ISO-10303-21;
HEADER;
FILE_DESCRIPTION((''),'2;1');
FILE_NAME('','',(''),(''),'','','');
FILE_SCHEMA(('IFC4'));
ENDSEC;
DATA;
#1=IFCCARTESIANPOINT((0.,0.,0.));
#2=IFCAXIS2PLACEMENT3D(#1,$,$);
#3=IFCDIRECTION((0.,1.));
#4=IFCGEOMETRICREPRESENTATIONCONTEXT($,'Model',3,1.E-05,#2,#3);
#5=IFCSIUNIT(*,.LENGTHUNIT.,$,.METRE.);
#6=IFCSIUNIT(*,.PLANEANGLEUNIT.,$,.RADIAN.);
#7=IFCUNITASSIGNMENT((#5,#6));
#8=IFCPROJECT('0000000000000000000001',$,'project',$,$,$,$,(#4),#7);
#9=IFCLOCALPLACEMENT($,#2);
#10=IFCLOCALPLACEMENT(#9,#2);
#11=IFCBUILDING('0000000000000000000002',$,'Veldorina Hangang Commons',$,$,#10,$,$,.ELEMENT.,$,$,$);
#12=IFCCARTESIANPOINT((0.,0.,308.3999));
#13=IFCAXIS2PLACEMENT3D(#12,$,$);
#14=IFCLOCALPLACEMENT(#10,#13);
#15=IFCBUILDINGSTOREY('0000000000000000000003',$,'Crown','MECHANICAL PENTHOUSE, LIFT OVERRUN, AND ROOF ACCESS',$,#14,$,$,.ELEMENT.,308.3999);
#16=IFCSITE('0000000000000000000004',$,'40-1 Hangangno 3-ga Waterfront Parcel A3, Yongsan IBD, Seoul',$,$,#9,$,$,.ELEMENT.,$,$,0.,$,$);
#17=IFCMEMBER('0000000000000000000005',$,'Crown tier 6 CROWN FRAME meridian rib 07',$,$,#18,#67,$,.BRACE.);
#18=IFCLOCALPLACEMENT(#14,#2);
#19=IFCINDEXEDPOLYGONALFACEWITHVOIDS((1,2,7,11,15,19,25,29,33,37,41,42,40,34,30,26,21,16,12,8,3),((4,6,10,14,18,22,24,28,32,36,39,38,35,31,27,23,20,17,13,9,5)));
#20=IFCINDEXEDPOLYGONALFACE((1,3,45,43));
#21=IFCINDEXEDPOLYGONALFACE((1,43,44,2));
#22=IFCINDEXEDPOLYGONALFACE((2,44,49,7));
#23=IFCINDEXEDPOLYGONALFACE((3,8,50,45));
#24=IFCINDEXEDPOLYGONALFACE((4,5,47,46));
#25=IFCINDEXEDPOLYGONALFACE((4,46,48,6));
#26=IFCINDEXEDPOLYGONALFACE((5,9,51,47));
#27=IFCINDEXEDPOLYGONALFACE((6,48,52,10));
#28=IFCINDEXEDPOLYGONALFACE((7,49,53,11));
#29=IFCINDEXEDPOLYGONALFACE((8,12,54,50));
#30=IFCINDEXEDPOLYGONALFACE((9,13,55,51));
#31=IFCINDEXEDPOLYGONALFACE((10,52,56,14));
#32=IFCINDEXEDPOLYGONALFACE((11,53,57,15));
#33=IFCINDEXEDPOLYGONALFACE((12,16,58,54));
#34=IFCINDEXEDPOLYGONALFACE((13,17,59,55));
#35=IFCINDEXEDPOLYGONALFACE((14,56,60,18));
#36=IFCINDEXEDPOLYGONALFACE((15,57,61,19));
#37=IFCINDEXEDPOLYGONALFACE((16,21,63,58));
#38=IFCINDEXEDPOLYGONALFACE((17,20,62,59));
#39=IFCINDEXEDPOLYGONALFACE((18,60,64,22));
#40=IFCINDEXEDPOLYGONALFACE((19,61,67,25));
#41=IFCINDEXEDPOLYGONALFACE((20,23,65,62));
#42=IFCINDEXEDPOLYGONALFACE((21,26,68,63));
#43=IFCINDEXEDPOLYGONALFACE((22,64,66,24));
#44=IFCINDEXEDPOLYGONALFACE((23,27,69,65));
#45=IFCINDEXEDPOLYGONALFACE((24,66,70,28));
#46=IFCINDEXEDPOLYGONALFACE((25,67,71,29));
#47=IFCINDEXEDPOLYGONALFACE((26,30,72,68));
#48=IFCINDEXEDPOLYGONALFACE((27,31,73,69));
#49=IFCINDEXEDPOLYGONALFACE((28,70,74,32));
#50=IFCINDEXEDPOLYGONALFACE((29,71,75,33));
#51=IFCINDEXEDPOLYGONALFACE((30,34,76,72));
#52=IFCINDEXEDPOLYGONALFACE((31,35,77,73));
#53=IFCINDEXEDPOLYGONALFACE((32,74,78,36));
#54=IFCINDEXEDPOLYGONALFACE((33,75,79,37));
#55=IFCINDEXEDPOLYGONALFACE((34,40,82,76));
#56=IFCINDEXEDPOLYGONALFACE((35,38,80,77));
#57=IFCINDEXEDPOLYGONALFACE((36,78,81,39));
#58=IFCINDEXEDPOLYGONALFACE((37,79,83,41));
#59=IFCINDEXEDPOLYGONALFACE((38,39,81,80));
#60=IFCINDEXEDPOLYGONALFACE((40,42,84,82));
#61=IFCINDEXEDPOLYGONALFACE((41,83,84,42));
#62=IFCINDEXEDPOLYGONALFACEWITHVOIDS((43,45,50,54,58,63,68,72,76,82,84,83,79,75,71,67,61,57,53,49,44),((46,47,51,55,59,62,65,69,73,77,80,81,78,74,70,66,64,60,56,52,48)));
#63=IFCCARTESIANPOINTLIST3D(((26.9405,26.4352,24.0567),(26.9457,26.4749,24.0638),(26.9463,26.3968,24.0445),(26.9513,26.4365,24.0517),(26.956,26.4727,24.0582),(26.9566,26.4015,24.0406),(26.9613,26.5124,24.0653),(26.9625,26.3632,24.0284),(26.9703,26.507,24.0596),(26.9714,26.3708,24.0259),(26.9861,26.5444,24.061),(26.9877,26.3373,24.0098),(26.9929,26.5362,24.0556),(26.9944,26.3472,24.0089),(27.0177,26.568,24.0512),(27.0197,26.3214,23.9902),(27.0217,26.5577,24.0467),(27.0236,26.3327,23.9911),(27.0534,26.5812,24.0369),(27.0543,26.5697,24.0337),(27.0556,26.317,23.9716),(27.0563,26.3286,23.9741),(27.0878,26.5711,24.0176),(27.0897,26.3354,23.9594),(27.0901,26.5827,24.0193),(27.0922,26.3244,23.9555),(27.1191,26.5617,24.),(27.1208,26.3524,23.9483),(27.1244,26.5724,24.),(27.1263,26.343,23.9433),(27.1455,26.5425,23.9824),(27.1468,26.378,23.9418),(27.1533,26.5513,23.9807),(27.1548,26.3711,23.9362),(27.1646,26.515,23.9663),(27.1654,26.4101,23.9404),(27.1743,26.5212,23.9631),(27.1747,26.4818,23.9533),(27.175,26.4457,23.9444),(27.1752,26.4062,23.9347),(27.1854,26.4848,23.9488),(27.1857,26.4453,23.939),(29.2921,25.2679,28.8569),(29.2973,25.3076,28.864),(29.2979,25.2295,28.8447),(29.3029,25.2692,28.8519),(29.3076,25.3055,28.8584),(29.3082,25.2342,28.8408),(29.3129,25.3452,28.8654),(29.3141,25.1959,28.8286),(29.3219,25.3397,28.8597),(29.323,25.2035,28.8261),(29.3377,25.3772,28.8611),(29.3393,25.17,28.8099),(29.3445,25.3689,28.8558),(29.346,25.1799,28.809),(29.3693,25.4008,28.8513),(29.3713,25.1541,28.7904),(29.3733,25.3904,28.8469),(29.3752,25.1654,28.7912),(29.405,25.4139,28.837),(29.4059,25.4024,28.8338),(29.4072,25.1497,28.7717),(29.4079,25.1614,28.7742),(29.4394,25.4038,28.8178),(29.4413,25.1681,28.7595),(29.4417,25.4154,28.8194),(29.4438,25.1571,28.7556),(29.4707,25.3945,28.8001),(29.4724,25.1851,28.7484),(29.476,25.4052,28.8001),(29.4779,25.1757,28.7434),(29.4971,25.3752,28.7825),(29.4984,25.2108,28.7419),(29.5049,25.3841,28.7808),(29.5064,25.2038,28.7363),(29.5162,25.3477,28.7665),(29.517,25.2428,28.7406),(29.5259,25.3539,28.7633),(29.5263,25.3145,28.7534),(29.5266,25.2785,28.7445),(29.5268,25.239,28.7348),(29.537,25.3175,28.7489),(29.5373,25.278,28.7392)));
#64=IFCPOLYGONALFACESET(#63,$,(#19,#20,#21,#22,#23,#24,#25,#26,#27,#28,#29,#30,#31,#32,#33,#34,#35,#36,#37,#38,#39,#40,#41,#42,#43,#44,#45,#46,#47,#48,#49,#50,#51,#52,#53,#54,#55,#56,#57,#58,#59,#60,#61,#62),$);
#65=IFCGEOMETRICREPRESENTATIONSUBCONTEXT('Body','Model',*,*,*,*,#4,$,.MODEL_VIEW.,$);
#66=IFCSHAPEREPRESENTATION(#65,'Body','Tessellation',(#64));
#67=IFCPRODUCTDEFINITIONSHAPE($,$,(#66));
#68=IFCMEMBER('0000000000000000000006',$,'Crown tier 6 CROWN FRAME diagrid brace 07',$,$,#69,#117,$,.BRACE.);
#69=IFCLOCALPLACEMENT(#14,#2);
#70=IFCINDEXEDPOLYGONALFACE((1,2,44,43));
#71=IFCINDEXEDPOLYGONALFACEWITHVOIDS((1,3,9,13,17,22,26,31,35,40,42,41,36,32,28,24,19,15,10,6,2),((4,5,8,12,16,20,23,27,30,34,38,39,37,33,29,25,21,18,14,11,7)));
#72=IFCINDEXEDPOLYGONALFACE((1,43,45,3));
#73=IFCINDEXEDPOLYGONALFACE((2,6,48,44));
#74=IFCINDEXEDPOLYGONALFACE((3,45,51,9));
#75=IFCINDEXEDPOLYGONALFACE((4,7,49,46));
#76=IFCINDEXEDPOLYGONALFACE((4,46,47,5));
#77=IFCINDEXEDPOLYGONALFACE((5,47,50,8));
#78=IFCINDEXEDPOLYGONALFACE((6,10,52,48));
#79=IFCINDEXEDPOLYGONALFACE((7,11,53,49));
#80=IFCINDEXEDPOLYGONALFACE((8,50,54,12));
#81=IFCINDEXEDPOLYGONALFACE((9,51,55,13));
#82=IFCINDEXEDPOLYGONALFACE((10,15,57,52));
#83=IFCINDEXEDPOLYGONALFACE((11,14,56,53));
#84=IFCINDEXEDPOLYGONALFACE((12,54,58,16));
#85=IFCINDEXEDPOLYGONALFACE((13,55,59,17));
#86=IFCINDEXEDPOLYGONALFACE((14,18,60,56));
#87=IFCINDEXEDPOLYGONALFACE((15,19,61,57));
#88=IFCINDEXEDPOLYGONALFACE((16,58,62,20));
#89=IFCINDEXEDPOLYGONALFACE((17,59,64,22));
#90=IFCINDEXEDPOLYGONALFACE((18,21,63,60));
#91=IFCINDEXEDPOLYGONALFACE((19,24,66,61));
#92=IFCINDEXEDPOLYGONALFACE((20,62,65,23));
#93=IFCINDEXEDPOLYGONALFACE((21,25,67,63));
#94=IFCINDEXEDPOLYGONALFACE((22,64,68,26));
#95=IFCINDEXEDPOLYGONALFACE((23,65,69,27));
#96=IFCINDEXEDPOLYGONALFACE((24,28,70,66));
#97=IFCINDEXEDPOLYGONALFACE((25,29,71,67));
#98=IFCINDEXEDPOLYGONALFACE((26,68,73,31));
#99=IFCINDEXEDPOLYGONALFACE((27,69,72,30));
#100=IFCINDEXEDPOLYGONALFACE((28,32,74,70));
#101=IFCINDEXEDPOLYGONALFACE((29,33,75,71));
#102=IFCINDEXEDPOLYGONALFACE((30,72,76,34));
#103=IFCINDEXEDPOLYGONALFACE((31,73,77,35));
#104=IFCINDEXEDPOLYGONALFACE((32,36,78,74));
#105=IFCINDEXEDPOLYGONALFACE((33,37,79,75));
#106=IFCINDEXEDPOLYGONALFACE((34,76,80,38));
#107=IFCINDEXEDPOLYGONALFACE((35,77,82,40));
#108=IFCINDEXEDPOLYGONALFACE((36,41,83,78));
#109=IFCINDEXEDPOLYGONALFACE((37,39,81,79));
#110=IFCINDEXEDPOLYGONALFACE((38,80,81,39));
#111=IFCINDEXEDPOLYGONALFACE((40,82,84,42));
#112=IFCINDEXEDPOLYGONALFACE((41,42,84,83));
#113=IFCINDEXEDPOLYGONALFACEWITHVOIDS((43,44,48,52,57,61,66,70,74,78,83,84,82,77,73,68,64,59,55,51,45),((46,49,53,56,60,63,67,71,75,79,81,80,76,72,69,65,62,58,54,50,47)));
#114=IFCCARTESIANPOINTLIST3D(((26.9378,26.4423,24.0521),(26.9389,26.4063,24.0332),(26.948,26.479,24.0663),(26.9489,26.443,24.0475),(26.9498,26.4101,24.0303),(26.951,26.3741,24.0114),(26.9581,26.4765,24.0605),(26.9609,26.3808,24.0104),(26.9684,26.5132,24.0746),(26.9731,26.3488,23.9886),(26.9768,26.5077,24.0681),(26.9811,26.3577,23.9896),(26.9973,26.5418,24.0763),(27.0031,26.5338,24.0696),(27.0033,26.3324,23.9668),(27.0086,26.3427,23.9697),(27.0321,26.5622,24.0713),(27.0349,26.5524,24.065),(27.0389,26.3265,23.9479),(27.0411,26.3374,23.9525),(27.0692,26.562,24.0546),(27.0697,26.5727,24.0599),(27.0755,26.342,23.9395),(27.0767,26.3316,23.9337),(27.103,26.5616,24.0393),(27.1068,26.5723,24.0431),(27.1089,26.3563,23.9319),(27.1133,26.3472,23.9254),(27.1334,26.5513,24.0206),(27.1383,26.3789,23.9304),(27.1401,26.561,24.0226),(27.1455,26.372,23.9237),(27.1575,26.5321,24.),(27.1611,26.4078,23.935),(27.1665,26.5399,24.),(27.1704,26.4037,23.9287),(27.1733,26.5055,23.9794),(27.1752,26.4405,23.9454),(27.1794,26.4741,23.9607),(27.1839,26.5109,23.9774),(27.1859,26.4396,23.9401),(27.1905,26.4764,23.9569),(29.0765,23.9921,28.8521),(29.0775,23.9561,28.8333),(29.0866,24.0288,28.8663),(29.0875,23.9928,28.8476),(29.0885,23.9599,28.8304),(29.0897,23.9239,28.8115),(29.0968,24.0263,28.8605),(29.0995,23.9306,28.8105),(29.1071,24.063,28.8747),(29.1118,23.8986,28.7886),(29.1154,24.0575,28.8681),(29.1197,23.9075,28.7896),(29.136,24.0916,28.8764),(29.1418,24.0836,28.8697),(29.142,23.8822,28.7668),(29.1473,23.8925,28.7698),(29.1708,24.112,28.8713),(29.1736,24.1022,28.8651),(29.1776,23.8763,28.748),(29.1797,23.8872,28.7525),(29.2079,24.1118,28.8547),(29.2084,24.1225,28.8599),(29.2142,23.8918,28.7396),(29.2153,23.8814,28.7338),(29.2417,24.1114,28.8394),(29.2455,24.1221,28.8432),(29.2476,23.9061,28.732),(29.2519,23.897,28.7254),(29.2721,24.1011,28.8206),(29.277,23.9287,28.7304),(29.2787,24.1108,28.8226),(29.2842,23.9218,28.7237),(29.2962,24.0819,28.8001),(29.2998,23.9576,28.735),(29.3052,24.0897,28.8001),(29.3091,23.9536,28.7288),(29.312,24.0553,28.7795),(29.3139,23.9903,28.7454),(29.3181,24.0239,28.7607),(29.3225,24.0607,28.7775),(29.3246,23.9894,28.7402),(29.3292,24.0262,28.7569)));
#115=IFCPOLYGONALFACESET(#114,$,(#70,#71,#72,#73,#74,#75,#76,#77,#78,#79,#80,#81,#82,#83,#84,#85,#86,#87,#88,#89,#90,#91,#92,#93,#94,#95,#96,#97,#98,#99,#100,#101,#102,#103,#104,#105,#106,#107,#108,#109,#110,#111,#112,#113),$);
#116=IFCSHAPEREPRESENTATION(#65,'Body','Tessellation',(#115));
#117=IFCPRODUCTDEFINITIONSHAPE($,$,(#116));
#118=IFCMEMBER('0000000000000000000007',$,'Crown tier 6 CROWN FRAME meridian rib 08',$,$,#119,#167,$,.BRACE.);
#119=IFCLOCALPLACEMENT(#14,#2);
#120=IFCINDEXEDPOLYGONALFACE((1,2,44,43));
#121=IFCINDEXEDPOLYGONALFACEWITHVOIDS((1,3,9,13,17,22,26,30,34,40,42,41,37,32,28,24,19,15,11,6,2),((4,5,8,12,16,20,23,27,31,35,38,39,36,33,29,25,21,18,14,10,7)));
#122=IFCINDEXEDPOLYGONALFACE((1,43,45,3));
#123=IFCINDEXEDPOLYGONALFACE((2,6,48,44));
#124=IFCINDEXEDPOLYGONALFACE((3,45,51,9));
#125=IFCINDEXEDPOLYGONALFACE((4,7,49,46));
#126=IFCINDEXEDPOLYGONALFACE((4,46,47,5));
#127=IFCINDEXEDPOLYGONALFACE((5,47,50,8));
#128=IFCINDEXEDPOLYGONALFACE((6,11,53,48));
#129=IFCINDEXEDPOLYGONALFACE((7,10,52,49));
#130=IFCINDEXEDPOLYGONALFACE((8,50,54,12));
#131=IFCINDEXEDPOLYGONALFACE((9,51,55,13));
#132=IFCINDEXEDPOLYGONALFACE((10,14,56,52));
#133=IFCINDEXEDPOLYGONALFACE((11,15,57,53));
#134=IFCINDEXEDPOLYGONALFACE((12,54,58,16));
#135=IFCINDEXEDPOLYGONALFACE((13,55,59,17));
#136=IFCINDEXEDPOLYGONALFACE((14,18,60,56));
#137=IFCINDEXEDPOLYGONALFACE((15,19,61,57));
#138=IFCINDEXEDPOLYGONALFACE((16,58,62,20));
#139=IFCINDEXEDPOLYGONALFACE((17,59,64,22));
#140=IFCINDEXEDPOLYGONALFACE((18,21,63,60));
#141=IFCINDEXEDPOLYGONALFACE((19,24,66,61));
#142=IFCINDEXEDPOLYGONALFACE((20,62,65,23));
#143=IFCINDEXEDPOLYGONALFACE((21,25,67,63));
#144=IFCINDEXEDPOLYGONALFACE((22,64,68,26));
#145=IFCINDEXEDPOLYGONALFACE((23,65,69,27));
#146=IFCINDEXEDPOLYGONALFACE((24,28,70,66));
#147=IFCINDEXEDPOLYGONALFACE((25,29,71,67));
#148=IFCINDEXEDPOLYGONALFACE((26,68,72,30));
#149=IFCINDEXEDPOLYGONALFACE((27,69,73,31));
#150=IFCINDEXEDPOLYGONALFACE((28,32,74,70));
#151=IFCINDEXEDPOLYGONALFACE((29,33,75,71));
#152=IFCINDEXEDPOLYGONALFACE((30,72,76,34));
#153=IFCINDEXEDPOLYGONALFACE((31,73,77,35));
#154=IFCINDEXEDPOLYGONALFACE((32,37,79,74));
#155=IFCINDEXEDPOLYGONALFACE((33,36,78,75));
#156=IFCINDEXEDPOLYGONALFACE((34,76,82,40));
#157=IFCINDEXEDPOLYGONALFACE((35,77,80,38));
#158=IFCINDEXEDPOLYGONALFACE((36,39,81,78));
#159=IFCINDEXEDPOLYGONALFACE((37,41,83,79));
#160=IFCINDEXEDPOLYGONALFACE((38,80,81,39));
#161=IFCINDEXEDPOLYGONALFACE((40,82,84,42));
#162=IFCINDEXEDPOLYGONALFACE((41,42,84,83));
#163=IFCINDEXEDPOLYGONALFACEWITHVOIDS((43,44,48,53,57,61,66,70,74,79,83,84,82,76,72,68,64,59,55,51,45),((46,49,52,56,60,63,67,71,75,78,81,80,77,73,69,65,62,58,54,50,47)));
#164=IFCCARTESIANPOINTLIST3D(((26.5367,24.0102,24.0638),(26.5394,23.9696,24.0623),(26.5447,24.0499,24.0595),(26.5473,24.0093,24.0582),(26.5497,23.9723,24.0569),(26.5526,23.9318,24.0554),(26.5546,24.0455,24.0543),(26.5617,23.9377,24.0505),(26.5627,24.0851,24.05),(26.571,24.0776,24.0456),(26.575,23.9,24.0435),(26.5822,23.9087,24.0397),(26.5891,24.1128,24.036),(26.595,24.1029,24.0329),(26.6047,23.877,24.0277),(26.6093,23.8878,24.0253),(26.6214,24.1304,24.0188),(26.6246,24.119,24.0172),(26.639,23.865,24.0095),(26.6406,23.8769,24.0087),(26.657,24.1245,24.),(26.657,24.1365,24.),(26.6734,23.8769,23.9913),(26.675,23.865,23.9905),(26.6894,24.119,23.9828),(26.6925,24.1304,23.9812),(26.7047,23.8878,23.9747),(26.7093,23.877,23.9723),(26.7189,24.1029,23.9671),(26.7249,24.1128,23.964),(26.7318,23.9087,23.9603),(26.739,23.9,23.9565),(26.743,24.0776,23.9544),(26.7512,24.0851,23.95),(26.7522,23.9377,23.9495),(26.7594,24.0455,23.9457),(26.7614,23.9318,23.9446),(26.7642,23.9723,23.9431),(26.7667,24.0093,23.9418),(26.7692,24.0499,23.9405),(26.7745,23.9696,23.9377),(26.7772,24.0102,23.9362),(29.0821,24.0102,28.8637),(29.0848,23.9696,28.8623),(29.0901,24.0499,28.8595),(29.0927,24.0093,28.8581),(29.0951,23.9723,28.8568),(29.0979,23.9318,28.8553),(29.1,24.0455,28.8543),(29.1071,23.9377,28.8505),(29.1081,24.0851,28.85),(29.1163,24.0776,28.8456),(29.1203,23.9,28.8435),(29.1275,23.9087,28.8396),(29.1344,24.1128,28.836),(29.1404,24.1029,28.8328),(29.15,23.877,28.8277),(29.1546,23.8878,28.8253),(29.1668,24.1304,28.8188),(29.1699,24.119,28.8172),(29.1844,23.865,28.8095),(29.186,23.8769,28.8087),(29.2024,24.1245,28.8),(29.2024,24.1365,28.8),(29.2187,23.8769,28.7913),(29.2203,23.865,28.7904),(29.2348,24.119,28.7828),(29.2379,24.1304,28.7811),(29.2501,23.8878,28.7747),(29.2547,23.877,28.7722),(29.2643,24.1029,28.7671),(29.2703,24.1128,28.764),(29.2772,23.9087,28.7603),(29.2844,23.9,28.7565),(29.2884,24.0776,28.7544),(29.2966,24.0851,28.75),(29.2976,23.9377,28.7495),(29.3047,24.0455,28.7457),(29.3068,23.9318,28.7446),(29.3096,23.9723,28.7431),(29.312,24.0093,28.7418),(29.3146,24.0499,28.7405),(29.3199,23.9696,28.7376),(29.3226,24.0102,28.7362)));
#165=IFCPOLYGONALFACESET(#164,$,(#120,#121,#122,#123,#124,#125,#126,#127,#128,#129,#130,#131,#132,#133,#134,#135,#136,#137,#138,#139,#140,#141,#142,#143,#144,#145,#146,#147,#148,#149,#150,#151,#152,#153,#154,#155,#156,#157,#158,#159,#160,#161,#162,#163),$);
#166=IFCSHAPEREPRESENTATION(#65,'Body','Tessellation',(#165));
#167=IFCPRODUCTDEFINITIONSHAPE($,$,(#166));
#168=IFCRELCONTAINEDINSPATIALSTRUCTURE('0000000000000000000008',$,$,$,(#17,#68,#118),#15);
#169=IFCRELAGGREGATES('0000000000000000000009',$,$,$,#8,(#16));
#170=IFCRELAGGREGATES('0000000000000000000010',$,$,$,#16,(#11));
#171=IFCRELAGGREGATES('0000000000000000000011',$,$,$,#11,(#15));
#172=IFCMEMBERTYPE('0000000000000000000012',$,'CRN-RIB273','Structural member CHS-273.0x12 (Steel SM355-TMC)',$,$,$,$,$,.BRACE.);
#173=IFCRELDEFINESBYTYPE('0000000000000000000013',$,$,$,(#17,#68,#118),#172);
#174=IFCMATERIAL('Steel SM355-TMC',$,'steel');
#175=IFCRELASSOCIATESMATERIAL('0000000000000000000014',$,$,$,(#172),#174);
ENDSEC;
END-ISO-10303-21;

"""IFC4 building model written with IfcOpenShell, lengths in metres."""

from ifc_helpers import new_model, si_unit, direction, frame, origin, origin_2d, place, context, subcontext, project, spatial, hollow_circle, extrude, material, material_profile, profile_set, type_object, element, save


model = new_model("IFC4")

# Units and contexts
model_context = context("Model", 3, precision=1e-05, world=origin(), true_north=direction((0.0, 1.0)))
body_context = subcontext(model_context, "Body", "Model", "MODEL_VIEW")
ifc_project = project(units=[si_unit("LENGTHUNIT", "METRE"), si_unit("PLANEANGLEUNIT", "RADIAN")], contexts=[model_context])

# Site, building, storey
site_placement = place(None, origin())
site = spatial("IfcSite", under=ifc_project, at=site_placement, Name="40-1 Hangangno 3-ga Waterfront Parcel A3, Yongsan IBD, Seoul", CompositionType="ELEMENT", RefElevation=0.0)
building_placement = place(site_placement, origin())
building = spatial("IfcBuilding", under=site, at=building_placement, Name="Veldorina Hangang Commons", CompositionType="ELEMENT")
storey_placement = place(building_placement, frame((0.0, 0.0, 308.3999)))
storey = spatial("IfcBuildingStorey", under=building, at=storey_placement, Name="Crown", Description="MECHANICAL PENTHOUSE, LIFT OVERRUN, AND ROOF ACCESS", CompositionType="ELEMENT", Elevation=308.3999)

# Members
ifc_material_1 = material(Name="Steel SM355-TMC", Category="steel")
ifc_material_profile_1 = material_profile(ifc_material_1, hollow_circle(Radius=0.1365, WallThickness=0.012, at=origin_2d()), Name="CHS-273.0x12")
ifc_profile_set_1 = profile_set([ifc_material_profile_1], Name="Steel SM355-TMC")
member_type_1 = type_object("IfcMemberType", Name="CRN-RIB273", Description="Structural member CHS-273.0x12 (Steel SM355-TMC)", PredefinedType="BRACE", material=ifc_profile_set_1)
member_1_placement = place(storey_placement, frame((27.0637, 26.4502, 24.0), z_axis=(0.429817, -0.213346, 0.877349), x_axis=(0.444608, 0.895725, 0.0)))
element("IfcMember", 1, at=member_1_placement, inside=storey, type_object=member_type_1, Name="Crown tier 6 CROWN FRAME meridian rib 07", PredefinedType="BRACE", context=body_context, shape_type="SweptSolid", body=[
    extrude(hollow_circle(Radius=0.1365, WallThickness=0.012, at=origin_2d()), origin(), (0.0, 0.0, 1.0), 5.4712),
])
member_2_placement = place(storey_placement, frame((27.0637, 26.4502, 24.0), z_axis=(0.368858, -0.422587, 0.827867), x_axis=(0.753376, 0.65759, 0.0)))
element("IfcMember", 2, at=member_2_placement, inside=storey, type_object=member_type_1, Name="Crown tier 6 CROWN FRAME diagrid brace 07", PredefinedType="BRACE", context=body_context, shape_type="SweptSolid", body=[
    extrude(hollow_circle(Radius=0.1365, WallThickness=0.012, at=origin_2d()), origin(), (0.0, 0.0, 1.0), 5.7981),
])
member_3_placement = place(storey_placement, frame((26.657, 24.0, 24.0), z_axis=(0.468493, 0.0, 0.883467), x_axis=(0.0, 1.0, 0.0)))
element("IfcMember", 3, at=member_3_placement, inside=storey, type_object=member_type_1, Name="Crown tier 6 CROWN FRAME meridian rib 08", PredefinedType="BRACE", context=body_context, shape_type="SweptSolid", body=[
    extrude(hollow_circle(Radius=0.1365, WallThickness=0.012, at=origin_2d()), origin(), (0.0, 0.0, 1.0), 5.4331),
])

save(model, "model.ifc")
